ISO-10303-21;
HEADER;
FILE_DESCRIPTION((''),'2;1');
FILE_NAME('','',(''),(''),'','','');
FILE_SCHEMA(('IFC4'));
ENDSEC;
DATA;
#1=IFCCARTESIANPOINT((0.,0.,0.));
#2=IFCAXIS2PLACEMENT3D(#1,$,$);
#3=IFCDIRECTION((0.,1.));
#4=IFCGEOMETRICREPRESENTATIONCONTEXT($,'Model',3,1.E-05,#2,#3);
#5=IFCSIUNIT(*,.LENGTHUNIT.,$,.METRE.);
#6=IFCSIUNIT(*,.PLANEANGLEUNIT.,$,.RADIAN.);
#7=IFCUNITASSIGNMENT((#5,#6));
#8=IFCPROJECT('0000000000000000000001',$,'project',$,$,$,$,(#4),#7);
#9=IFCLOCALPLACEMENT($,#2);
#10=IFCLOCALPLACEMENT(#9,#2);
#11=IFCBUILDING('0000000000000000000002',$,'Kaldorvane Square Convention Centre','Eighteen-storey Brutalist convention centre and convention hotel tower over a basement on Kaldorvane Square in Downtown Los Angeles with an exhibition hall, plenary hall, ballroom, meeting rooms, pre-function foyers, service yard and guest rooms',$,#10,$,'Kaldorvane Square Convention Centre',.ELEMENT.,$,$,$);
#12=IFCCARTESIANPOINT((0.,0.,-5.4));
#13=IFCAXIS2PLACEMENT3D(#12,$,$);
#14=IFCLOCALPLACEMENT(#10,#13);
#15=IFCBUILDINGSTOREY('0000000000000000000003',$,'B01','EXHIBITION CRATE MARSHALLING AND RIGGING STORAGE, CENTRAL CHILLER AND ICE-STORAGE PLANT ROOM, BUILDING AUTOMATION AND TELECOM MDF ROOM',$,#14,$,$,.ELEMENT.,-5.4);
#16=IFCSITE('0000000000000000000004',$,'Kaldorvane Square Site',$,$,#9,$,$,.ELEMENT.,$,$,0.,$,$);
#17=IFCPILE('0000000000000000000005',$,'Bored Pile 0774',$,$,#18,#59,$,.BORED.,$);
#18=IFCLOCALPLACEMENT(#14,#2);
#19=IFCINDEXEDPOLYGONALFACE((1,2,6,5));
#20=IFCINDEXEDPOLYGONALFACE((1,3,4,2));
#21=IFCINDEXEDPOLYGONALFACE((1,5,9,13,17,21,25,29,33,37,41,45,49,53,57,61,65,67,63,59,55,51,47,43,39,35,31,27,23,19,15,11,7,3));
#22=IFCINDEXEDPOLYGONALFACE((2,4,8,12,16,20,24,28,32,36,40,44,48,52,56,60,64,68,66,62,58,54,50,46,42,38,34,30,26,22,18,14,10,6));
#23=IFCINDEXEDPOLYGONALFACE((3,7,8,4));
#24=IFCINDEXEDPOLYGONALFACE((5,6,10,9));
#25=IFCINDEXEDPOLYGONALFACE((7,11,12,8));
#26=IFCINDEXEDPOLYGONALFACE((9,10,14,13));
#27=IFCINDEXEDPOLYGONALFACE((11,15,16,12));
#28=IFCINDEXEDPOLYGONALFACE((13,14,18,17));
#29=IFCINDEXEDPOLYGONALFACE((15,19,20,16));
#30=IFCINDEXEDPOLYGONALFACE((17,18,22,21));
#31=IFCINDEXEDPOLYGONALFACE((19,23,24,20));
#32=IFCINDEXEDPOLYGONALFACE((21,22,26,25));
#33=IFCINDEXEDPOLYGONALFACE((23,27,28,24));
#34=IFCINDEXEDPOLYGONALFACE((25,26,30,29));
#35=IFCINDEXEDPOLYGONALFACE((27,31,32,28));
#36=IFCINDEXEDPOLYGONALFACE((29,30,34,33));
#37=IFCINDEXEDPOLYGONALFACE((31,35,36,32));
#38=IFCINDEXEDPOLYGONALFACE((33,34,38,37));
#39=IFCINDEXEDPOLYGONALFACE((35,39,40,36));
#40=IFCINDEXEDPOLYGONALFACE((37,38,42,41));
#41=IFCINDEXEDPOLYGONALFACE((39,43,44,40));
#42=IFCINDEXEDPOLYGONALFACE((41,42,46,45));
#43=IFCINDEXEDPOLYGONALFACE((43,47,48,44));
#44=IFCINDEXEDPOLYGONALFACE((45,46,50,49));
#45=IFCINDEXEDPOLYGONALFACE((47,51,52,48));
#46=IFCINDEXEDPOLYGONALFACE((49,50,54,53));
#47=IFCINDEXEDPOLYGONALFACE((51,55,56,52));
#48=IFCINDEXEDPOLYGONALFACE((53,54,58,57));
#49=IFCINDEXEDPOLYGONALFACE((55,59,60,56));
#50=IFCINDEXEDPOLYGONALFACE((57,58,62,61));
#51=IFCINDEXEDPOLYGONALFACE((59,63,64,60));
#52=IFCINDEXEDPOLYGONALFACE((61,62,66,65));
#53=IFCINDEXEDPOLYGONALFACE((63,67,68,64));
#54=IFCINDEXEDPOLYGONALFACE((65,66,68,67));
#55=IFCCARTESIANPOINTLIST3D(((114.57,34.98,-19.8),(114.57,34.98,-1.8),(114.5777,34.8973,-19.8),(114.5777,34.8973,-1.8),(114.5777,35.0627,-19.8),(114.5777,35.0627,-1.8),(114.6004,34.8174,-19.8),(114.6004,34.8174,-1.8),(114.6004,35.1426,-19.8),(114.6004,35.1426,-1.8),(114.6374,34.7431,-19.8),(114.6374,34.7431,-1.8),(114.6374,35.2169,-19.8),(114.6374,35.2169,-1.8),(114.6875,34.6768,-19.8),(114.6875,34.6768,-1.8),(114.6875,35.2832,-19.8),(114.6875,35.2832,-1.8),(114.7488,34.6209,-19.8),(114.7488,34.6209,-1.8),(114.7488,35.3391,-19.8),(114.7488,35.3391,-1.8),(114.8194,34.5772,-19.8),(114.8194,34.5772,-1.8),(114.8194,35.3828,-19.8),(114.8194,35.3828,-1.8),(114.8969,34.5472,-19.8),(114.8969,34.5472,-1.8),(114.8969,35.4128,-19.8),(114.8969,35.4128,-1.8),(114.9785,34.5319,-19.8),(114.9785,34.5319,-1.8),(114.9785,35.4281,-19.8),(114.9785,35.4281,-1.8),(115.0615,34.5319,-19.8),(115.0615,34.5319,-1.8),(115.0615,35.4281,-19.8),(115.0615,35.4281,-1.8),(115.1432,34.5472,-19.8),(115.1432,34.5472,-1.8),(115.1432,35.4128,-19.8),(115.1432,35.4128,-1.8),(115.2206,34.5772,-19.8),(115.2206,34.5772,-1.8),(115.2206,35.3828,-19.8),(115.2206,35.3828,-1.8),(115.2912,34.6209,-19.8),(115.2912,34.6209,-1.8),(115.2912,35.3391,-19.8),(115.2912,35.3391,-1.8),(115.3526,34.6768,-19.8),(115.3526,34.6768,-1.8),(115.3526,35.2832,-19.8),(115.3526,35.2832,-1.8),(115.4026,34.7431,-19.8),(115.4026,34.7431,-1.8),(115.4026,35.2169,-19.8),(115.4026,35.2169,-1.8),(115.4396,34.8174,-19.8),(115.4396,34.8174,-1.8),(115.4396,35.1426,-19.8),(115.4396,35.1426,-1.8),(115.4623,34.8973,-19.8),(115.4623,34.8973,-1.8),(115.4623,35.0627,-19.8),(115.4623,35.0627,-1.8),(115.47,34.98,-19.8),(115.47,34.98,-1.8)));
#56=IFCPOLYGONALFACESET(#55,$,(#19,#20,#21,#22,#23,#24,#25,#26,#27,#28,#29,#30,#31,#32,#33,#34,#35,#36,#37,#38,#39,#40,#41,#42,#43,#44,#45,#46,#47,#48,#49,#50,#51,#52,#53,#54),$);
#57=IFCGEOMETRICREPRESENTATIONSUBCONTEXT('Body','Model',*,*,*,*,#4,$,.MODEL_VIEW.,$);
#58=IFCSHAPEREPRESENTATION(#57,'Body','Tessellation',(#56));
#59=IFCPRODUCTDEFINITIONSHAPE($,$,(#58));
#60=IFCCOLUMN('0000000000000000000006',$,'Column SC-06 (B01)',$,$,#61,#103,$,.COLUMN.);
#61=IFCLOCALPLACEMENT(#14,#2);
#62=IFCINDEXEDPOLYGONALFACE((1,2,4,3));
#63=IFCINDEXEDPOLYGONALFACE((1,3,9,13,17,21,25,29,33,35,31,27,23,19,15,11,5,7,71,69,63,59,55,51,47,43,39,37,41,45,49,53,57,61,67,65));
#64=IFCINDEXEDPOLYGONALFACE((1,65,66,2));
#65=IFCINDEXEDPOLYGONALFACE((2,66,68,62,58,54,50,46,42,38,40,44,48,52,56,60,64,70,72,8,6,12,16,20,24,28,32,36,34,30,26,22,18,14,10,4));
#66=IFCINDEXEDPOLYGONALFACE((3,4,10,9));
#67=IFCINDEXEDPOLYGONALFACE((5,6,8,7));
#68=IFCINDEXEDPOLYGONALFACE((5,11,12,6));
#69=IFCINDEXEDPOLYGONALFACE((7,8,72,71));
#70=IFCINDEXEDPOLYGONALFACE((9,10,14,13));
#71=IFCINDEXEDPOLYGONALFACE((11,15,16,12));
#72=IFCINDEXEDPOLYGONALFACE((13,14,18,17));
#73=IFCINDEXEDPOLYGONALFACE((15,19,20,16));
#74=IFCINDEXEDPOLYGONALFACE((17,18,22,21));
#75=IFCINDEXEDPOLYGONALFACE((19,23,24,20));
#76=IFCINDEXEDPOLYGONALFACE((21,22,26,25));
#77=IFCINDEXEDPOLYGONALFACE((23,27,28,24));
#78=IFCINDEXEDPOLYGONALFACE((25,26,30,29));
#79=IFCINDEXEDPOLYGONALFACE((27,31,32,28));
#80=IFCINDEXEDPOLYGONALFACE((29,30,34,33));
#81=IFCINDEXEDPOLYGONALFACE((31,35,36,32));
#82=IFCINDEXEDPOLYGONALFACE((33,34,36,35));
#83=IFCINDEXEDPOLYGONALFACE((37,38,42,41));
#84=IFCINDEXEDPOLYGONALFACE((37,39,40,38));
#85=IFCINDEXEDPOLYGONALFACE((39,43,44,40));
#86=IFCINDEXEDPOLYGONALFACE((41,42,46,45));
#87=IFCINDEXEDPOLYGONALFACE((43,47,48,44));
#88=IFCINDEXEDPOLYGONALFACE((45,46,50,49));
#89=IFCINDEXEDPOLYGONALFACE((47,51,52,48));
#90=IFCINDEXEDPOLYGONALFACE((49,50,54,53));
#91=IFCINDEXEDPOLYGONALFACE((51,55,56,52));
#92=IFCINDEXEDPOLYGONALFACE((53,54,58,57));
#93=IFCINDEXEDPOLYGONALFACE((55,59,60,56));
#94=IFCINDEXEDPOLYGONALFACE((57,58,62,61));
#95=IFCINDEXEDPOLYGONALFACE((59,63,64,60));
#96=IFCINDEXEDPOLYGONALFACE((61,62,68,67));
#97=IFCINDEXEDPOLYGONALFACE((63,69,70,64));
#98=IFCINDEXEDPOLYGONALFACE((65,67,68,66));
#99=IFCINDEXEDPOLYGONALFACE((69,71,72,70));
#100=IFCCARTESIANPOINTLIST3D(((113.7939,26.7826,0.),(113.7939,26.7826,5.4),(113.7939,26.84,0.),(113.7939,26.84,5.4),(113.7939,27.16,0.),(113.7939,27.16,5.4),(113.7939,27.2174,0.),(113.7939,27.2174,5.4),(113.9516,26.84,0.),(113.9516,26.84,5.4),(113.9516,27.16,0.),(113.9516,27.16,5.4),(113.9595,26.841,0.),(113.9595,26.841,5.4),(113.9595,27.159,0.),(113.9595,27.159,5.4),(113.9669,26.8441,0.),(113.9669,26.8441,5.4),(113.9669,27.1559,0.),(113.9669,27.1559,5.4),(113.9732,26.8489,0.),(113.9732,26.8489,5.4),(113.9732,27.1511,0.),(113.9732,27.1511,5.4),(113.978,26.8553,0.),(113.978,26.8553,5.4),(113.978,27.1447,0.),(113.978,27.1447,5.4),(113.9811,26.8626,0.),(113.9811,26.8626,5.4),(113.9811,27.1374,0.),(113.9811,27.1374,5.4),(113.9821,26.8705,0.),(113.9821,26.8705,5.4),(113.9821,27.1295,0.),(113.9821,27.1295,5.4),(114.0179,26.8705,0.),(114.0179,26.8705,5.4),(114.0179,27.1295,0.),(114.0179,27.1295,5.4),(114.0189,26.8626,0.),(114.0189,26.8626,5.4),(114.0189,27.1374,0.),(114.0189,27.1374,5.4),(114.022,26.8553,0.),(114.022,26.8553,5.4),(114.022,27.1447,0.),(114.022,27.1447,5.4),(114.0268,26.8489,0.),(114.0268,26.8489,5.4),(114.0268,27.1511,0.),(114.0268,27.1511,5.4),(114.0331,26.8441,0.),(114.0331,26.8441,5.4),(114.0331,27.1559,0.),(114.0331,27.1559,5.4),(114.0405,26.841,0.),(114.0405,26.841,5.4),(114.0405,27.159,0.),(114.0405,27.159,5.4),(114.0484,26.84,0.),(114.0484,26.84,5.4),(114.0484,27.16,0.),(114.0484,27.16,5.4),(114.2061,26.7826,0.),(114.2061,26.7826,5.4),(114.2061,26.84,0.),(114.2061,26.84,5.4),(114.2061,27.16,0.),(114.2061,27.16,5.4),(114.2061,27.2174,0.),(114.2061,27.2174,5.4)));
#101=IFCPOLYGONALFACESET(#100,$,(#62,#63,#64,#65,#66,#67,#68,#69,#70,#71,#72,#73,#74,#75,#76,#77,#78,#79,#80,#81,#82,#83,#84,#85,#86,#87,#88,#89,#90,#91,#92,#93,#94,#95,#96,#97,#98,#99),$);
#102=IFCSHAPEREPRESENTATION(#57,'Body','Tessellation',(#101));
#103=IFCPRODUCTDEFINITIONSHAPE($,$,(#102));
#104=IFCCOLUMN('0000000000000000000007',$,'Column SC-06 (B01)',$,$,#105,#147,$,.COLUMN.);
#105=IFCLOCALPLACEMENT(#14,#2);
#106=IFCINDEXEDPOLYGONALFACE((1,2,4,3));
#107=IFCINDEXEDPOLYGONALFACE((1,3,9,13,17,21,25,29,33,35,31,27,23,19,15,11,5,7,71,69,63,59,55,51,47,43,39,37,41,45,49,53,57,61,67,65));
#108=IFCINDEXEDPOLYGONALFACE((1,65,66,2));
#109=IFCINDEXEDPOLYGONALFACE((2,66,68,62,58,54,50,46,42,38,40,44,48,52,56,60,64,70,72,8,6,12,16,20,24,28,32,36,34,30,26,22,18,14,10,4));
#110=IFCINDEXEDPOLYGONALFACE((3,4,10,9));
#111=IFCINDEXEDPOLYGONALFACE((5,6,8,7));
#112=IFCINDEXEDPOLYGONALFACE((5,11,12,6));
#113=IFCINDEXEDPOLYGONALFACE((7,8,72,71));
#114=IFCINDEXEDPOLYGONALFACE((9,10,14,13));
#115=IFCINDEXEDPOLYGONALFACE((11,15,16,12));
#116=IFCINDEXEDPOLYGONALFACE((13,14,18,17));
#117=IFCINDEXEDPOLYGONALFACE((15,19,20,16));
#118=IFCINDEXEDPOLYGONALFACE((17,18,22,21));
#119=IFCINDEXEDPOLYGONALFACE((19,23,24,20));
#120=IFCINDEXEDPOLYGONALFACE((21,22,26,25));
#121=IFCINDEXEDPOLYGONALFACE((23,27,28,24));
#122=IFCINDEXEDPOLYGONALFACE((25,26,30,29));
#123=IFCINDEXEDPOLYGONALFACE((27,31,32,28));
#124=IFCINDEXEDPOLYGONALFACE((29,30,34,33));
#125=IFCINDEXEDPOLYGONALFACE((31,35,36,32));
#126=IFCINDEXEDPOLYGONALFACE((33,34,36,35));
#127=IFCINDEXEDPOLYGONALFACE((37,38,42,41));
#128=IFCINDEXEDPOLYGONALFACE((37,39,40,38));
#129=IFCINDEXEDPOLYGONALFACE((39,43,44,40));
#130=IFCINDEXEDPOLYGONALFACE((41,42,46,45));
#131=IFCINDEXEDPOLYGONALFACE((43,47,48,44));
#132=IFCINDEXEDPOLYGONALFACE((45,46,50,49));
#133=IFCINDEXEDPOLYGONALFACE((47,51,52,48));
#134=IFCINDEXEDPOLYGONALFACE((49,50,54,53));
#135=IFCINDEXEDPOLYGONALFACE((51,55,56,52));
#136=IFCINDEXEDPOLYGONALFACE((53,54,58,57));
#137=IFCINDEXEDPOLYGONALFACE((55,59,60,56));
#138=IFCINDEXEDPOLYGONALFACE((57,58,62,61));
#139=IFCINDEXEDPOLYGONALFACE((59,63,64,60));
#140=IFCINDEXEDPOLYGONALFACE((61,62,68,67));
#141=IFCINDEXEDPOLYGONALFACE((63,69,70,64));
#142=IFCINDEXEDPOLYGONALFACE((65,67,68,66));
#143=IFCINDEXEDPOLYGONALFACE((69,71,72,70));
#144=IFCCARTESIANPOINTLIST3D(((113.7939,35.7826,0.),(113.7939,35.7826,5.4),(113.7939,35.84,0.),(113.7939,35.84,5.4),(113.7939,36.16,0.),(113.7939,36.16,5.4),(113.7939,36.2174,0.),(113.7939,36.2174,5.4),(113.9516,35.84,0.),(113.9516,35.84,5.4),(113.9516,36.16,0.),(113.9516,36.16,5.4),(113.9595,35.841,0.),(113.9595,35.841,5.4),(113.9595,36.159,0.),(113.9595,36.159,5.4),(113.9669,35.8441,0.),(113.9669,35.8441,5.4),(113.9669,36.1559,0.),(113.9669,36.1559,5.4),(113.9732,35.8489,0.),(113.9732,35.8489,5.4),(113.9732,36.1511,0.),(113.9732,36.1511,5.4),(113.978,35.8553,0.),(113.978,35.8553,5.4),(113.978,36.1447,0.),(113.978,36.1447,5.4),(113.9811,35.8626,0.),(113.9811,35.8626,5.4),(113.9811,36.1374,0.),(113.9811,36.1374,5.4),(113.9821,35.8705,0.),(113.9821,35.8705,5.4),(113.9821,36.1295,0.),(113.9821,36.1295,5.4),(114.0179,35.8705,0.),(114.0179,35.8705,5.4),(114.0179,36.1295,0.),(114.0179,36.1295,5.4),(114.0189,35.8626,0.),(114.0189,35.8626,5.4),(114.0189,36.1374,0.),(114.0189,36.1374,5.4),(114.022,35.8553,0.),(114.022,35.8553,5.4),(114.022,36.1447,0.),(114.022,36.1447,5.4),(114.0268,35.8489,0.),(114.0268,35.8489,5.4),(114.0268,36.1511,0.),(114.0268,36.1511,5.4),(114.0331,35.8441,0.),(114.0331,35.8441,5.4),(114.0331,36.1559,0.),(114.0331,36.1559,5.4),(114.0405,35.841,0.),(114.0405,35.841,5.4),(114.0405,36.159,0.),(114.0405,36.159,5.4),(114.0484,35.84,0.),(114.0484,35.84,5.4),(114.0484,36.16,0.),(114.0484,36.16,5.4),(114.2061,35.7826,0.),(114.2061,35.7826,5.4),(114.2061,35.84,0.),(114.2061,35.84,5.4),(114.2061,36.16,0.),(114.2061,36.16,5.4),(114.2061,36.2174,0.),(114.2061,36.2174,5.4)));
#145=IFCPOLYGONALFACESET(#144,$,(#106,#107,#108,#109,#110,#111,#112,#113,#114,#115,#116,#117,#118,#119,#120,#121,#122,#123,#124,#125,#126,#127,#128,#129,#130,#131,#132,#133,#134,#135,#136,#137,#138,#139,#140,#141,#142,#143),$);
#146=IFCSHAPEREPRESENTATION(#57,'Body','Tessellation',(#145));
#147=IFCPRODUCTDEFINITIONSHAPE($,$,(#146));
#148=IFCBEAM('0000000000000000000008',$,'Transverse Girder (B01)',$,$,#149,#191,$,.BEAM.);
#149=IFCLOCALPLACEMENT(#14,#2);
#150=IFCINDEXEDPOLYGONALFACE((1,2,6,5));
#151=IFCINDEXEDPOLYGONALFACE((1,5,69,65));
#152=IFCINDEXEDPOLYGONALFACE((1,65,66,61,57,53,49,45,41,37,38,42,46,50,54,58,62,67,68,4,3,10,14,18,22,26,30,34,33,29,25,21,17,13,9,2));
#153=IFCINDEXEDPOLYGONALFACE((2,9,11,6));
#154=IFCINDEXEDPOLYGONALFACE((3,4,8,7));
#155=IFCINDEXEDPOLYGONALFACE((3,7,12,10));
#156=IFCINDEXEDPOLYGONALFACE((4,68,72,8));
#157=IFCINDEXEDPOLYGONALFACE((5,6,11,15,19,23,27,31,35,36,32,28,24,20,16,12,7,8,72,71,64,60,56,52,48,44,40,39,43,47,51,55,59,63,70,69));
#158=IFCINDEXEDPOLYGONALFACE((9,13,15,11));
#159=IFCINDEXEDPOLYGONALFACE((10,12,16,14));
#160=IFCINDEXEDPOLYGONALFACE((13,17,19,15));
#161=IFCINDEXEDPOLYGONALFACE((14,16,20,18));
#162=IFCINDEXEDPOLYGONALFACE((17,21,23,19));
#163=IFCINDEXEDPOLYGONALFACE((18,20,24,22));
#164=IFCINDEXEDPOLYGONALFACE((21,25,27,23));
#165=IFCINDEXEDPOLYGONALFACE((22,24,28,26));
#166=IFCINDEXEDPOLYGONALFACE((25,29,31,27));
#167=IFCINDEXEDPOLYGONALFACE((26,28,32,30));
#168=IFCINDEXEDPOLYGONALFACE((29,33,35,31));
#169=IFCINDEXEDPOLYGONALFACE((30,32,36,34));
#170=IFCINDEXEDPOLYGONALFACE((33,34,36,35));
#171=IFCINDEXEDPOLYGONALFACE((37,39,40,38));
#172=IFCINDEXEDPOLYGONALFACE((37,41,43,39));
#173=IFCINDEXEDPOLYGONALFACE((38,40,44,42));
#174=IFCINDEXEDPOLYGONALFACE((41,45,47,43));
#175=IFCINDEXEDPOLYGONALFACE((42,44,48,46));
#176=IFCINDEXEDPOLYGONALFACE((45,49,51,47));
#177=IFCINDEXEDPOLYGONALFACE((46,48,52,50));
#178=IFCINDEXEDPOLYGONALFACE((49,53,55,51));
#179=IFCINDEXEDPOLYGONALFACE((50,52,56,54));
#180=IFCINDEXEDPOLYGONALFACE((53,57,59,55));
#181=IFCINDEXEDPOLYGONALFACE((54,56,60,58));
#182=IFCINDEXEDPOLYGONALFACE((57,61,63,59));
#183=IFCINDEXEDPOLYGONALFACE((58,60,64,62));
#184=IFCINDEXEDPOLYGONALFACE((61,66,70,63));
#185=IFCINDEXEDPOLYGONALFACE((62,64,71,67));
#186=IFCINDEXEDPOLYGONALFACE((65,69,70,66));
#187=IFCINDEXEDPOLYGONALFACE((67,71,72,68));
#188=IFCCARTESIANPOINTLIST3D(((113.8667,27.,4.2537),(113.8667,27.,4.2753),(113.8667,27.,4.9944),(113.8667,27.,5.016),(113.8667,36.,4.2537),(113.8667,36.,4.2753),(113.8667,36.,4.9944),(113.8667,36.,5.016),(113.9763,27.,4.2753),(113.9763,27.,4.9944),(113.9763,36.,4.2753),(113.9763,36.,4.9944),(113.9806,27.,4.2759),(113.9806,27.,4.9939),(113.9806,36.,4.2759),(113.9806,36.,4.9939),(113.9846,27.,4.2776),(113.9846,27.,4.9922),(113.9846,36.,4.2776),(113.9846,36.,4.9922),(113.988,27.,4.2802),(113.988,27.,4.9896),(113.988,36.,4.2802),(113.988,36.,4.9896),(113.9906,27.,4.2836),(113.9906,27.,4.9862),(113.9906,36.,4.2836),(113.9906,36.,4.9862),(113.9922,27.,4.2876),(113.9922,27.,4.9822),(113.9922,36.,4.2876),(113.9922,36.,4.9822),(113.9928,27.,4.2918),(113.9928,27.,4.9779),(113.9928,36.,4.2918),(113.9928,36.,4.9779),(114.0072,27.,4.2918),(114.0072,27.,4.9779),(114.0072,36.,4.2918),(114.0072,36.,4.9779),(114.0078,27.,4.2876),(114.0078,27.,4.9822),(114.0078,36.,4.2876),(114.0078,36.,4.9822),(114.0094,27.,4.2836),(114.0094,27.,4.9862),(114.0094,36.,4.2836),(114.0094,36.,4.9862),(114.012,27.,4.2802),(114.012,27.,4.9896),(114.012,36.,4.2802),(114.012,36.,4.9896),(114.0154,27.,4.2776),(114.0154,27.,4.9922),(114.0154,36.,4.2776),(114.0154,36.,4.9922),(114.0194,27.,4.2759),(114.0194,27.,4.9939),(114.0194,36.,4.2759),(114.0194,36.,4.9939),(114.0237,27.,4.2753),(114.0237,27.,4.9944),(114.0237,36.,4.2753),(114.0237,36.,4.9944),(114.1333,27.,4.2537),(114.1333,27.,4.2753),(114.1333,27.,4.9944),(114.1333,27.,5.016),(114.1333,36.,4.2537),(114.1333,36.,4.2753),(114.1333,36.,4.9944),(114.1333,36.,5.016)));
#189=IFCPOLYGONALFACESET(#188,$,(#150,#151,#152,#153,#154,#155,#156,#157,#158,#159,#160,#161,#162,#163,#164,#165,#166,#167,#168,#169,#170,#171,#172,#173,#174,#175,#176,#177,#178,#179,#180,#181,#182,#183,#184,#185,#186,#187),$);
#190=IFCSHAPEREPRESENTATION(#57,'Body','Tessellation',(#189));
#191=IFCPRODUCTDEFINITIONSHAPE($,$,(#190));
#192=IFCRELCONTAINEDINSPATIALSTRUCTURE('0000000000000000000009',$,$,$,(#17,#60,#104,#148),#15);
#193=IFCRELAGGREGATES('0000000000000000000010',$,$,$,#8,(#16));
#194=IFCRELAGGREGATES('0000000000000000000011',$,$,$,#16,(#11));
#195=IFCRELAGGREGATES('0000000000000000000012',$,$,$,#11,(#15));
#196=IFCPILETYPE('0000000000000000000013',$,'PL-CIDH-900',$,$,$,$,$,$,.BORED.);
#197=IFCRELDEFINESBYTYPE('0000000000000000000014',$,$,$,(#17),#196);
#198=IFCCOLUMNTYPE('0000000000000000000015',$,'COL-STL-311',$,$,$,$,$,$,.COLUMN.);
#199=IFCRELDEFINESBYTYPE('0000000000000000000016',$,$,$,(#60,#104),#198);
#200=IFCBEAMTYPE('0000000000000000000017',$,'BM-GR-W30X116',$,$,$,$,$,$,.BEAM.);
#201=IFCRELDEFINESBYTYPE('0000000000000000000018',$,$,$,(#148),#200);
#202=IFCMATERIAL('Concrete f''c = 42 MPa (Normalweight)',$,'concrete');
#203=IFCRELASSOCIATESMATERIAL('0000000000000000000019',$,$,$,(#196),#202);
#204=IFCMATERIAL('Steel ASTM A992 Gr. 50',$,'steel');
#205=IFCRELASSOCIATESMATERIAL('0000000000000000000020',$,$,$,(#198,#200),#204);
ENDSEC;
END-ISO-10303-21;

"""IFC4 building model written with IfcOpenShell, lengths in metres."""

from ifc_helpers import new_model, si_unit, direction, frame, origin, origin_2d, place, context, subcontext, project, spatial, circle, i_section, extrude, material, material_profile, profile_set, type_object, element, save


model = new_model("IFC4")

# Units and contexts
model_context = context("Model", 3, precision=1e-05, world=origin(), true_north=direction((0.0, 1.0)))
body_context = subcontext(model_context, "Body", "Model", "MODEL_VIEW")
ifc_project = project(units=[si_unit("LENGTHUNIT", "METRE"), si_unit("PLANEANGLEUNIT", "RADIAN")], contexts=[model_context])

# Site, building, storey
site_placement = place(None, origin())
site = spatial("IfcSite", under=ifc_project, at=site_placement, Name="Kaldorvane Square Site", CompositionType="ELEMENT", RefElevation=0.0)
building_placement = place(site_placement, origin())
building = spatial("IfcBuilding", under=site, at=building_placement, Name="Kaldorvane Square Convention Centre", Description="Eighteen-storey Brutalist convention centre and convention hotel tower over a basement on Kaldorvane Square in Downtown Los Angeles with an exhibition hall, plenary hall, ballroom, meeting rooms, pre-function foyers, service yard and guest rooms", LongName="Kaldorvane Square Convention Centre", CompositionType="ELEMENT")
storey_placement = place(building_placement, frame((0.0, 0.0, -5.4)))
storey = spatial("IfcBuildingStorey", under=building, at=storey_placement, Name="B01", Description="EXHIBITION CRATE MARSHALLING AND RIGGING STORAGE, CENTRAL CHILLER AND ICE-STORAGE PLANT ROOM, BUILDING AUTOMATION AND TELECOM MDF ROOM", CompositionType="ELEMENT", Elevation=-5.4)

# Shared definitions
ifc_material_1 = material(Name="Concrete f'c = 42 MPa (Normalweight)", Category="concrete")

# Pile
ifc_material_profile_1 = material_profile(ifc_material_1, circle(Radius=0.45, at=origin_2d()), Name="PILE-D900")
ifc_profile_set_1 = profile_set([ifc_material_profile_1], Name="Concrete f'c = 42 MPa (Normalweight)")
pile_type = type_object("IfcPileType", Name="PL-CIDH-900", PredefinedType="BORED", material=ifc_profile_set_1)
for number, where, z_axis, x_axis, name in (
    (1, (115.02, 34.98, -1.8), (0.0, 0.0, -1.0), (1.0, 0.0, 0.0), "Bored Pile 0774"),
):
    element("IfcPile", number, at=place(storey_placement, frame(where, z_axis=z_axis, x_axis=x_axis)), inside=storey, type_object=pile_type, Name=name, PredefinedType="BORED", context=body_context, shape_type="SweptSolid", body=[
        extrude(circle(Radius=0.45, at=origin_2d()), origin(), (0.0, 0.0, 1.0), 18.0),
    ])

# Columns
ifc_material_2 = material(Name="Steel ASTM A992 Gr. 50", Category="steel")
ifc_material_profile_2 = material_profile(ifc_material_2, i_section(OverallWidth=0.4122, OverallDepth=0.4348, WebThickness=0.0358, FlangeThickness=0.0574, FilletRadius=0.0305, at=origin_2d()), Name="W14X311")
ifc_profile_set_2 = profile_set([ifc_material_profile_2], Name="Steel ASTM A992 Gr. 50")
column_type = type_object("IfcColumnType", Name="COL-STL-311", PredefinedType="COLUMN", material=ifc_profile_set_2)
for number, where, z_axis, x_axis, name in (
    (2, (114.0, 27.0, 0.0), (0.0, 0.0, 1.0), (1.0, 0.0, 0.0), "Column SC-06 (B01)"),
    (3, (114.0, 36.0, 0.0), (0.0, 0.0, 1.0), (1.0, 0.0, 0.0), "Column SC-06 (B01)"),
):
    element("IfcColumn", number, at=place(storey_placement, frame(where, z_axis=z_axis, x_axis=x_axis)), inside=storey, type_object=column_type, Name=name, PredefinedType="COLUMN", context=body_context, shape_type="SweptSolid", body=[
        extrude(i_section(OverallWidth=0.4122, OverallDepth=0.4348, WebThickness=0.0358, FlangeThickness=0.0574, FilletRadius=0.0305, at=origin_2d()), origin(), (0.0, 0.0, 1.0), 5.4),
    ])

# Beam
ifc_material_profile_3 = material_profile(ifc_material_2, i_section(OverallWidth=0.2666, OverallDepth=0.7623, WebThickness=0.0144, FlangeThickness=0.0216, FilletRadius=0.0165, at=origin_2d()), Name="W30X116")
ifc_profile_set_3 = profile_set([ifc_material_profile_3], Name="Steel ASTM A992 Gr. 50")
beam_type_1 = type_object("IfcBeamType", Name="BM-GR-W30X116", PredefinedType="BEAM", material=ifc_profile_set_3)
for number, where, z_axis, x_axis, name in (
    (4, (114.0, 27.0, 4.6349), (0.0, 1.0, 0.0), (-1.0, 0.0, 0.0), "Transverse Girder (B01)"),
):
    element("IfcBeam", number, at=place(storey_placement, frame(where, z_axis=z_axis, x_axis=x_axis)), inside=storey, type_object=beam_type_1, Name=name, PredefinedType="BEAM", context=body_context, shape_type="SweptSolid", body=[
        extrude(i_section(OverallWidth=0.2666, OverallDepth=0.7623, WebThickness=0.0144, FlangeThickness=0.0216, FilletRadius=0.0165, at=origin_2d()), origin(), (0.0, 0.0, 1.0), 9.0),
    ])

save(model, "model.ifc")
